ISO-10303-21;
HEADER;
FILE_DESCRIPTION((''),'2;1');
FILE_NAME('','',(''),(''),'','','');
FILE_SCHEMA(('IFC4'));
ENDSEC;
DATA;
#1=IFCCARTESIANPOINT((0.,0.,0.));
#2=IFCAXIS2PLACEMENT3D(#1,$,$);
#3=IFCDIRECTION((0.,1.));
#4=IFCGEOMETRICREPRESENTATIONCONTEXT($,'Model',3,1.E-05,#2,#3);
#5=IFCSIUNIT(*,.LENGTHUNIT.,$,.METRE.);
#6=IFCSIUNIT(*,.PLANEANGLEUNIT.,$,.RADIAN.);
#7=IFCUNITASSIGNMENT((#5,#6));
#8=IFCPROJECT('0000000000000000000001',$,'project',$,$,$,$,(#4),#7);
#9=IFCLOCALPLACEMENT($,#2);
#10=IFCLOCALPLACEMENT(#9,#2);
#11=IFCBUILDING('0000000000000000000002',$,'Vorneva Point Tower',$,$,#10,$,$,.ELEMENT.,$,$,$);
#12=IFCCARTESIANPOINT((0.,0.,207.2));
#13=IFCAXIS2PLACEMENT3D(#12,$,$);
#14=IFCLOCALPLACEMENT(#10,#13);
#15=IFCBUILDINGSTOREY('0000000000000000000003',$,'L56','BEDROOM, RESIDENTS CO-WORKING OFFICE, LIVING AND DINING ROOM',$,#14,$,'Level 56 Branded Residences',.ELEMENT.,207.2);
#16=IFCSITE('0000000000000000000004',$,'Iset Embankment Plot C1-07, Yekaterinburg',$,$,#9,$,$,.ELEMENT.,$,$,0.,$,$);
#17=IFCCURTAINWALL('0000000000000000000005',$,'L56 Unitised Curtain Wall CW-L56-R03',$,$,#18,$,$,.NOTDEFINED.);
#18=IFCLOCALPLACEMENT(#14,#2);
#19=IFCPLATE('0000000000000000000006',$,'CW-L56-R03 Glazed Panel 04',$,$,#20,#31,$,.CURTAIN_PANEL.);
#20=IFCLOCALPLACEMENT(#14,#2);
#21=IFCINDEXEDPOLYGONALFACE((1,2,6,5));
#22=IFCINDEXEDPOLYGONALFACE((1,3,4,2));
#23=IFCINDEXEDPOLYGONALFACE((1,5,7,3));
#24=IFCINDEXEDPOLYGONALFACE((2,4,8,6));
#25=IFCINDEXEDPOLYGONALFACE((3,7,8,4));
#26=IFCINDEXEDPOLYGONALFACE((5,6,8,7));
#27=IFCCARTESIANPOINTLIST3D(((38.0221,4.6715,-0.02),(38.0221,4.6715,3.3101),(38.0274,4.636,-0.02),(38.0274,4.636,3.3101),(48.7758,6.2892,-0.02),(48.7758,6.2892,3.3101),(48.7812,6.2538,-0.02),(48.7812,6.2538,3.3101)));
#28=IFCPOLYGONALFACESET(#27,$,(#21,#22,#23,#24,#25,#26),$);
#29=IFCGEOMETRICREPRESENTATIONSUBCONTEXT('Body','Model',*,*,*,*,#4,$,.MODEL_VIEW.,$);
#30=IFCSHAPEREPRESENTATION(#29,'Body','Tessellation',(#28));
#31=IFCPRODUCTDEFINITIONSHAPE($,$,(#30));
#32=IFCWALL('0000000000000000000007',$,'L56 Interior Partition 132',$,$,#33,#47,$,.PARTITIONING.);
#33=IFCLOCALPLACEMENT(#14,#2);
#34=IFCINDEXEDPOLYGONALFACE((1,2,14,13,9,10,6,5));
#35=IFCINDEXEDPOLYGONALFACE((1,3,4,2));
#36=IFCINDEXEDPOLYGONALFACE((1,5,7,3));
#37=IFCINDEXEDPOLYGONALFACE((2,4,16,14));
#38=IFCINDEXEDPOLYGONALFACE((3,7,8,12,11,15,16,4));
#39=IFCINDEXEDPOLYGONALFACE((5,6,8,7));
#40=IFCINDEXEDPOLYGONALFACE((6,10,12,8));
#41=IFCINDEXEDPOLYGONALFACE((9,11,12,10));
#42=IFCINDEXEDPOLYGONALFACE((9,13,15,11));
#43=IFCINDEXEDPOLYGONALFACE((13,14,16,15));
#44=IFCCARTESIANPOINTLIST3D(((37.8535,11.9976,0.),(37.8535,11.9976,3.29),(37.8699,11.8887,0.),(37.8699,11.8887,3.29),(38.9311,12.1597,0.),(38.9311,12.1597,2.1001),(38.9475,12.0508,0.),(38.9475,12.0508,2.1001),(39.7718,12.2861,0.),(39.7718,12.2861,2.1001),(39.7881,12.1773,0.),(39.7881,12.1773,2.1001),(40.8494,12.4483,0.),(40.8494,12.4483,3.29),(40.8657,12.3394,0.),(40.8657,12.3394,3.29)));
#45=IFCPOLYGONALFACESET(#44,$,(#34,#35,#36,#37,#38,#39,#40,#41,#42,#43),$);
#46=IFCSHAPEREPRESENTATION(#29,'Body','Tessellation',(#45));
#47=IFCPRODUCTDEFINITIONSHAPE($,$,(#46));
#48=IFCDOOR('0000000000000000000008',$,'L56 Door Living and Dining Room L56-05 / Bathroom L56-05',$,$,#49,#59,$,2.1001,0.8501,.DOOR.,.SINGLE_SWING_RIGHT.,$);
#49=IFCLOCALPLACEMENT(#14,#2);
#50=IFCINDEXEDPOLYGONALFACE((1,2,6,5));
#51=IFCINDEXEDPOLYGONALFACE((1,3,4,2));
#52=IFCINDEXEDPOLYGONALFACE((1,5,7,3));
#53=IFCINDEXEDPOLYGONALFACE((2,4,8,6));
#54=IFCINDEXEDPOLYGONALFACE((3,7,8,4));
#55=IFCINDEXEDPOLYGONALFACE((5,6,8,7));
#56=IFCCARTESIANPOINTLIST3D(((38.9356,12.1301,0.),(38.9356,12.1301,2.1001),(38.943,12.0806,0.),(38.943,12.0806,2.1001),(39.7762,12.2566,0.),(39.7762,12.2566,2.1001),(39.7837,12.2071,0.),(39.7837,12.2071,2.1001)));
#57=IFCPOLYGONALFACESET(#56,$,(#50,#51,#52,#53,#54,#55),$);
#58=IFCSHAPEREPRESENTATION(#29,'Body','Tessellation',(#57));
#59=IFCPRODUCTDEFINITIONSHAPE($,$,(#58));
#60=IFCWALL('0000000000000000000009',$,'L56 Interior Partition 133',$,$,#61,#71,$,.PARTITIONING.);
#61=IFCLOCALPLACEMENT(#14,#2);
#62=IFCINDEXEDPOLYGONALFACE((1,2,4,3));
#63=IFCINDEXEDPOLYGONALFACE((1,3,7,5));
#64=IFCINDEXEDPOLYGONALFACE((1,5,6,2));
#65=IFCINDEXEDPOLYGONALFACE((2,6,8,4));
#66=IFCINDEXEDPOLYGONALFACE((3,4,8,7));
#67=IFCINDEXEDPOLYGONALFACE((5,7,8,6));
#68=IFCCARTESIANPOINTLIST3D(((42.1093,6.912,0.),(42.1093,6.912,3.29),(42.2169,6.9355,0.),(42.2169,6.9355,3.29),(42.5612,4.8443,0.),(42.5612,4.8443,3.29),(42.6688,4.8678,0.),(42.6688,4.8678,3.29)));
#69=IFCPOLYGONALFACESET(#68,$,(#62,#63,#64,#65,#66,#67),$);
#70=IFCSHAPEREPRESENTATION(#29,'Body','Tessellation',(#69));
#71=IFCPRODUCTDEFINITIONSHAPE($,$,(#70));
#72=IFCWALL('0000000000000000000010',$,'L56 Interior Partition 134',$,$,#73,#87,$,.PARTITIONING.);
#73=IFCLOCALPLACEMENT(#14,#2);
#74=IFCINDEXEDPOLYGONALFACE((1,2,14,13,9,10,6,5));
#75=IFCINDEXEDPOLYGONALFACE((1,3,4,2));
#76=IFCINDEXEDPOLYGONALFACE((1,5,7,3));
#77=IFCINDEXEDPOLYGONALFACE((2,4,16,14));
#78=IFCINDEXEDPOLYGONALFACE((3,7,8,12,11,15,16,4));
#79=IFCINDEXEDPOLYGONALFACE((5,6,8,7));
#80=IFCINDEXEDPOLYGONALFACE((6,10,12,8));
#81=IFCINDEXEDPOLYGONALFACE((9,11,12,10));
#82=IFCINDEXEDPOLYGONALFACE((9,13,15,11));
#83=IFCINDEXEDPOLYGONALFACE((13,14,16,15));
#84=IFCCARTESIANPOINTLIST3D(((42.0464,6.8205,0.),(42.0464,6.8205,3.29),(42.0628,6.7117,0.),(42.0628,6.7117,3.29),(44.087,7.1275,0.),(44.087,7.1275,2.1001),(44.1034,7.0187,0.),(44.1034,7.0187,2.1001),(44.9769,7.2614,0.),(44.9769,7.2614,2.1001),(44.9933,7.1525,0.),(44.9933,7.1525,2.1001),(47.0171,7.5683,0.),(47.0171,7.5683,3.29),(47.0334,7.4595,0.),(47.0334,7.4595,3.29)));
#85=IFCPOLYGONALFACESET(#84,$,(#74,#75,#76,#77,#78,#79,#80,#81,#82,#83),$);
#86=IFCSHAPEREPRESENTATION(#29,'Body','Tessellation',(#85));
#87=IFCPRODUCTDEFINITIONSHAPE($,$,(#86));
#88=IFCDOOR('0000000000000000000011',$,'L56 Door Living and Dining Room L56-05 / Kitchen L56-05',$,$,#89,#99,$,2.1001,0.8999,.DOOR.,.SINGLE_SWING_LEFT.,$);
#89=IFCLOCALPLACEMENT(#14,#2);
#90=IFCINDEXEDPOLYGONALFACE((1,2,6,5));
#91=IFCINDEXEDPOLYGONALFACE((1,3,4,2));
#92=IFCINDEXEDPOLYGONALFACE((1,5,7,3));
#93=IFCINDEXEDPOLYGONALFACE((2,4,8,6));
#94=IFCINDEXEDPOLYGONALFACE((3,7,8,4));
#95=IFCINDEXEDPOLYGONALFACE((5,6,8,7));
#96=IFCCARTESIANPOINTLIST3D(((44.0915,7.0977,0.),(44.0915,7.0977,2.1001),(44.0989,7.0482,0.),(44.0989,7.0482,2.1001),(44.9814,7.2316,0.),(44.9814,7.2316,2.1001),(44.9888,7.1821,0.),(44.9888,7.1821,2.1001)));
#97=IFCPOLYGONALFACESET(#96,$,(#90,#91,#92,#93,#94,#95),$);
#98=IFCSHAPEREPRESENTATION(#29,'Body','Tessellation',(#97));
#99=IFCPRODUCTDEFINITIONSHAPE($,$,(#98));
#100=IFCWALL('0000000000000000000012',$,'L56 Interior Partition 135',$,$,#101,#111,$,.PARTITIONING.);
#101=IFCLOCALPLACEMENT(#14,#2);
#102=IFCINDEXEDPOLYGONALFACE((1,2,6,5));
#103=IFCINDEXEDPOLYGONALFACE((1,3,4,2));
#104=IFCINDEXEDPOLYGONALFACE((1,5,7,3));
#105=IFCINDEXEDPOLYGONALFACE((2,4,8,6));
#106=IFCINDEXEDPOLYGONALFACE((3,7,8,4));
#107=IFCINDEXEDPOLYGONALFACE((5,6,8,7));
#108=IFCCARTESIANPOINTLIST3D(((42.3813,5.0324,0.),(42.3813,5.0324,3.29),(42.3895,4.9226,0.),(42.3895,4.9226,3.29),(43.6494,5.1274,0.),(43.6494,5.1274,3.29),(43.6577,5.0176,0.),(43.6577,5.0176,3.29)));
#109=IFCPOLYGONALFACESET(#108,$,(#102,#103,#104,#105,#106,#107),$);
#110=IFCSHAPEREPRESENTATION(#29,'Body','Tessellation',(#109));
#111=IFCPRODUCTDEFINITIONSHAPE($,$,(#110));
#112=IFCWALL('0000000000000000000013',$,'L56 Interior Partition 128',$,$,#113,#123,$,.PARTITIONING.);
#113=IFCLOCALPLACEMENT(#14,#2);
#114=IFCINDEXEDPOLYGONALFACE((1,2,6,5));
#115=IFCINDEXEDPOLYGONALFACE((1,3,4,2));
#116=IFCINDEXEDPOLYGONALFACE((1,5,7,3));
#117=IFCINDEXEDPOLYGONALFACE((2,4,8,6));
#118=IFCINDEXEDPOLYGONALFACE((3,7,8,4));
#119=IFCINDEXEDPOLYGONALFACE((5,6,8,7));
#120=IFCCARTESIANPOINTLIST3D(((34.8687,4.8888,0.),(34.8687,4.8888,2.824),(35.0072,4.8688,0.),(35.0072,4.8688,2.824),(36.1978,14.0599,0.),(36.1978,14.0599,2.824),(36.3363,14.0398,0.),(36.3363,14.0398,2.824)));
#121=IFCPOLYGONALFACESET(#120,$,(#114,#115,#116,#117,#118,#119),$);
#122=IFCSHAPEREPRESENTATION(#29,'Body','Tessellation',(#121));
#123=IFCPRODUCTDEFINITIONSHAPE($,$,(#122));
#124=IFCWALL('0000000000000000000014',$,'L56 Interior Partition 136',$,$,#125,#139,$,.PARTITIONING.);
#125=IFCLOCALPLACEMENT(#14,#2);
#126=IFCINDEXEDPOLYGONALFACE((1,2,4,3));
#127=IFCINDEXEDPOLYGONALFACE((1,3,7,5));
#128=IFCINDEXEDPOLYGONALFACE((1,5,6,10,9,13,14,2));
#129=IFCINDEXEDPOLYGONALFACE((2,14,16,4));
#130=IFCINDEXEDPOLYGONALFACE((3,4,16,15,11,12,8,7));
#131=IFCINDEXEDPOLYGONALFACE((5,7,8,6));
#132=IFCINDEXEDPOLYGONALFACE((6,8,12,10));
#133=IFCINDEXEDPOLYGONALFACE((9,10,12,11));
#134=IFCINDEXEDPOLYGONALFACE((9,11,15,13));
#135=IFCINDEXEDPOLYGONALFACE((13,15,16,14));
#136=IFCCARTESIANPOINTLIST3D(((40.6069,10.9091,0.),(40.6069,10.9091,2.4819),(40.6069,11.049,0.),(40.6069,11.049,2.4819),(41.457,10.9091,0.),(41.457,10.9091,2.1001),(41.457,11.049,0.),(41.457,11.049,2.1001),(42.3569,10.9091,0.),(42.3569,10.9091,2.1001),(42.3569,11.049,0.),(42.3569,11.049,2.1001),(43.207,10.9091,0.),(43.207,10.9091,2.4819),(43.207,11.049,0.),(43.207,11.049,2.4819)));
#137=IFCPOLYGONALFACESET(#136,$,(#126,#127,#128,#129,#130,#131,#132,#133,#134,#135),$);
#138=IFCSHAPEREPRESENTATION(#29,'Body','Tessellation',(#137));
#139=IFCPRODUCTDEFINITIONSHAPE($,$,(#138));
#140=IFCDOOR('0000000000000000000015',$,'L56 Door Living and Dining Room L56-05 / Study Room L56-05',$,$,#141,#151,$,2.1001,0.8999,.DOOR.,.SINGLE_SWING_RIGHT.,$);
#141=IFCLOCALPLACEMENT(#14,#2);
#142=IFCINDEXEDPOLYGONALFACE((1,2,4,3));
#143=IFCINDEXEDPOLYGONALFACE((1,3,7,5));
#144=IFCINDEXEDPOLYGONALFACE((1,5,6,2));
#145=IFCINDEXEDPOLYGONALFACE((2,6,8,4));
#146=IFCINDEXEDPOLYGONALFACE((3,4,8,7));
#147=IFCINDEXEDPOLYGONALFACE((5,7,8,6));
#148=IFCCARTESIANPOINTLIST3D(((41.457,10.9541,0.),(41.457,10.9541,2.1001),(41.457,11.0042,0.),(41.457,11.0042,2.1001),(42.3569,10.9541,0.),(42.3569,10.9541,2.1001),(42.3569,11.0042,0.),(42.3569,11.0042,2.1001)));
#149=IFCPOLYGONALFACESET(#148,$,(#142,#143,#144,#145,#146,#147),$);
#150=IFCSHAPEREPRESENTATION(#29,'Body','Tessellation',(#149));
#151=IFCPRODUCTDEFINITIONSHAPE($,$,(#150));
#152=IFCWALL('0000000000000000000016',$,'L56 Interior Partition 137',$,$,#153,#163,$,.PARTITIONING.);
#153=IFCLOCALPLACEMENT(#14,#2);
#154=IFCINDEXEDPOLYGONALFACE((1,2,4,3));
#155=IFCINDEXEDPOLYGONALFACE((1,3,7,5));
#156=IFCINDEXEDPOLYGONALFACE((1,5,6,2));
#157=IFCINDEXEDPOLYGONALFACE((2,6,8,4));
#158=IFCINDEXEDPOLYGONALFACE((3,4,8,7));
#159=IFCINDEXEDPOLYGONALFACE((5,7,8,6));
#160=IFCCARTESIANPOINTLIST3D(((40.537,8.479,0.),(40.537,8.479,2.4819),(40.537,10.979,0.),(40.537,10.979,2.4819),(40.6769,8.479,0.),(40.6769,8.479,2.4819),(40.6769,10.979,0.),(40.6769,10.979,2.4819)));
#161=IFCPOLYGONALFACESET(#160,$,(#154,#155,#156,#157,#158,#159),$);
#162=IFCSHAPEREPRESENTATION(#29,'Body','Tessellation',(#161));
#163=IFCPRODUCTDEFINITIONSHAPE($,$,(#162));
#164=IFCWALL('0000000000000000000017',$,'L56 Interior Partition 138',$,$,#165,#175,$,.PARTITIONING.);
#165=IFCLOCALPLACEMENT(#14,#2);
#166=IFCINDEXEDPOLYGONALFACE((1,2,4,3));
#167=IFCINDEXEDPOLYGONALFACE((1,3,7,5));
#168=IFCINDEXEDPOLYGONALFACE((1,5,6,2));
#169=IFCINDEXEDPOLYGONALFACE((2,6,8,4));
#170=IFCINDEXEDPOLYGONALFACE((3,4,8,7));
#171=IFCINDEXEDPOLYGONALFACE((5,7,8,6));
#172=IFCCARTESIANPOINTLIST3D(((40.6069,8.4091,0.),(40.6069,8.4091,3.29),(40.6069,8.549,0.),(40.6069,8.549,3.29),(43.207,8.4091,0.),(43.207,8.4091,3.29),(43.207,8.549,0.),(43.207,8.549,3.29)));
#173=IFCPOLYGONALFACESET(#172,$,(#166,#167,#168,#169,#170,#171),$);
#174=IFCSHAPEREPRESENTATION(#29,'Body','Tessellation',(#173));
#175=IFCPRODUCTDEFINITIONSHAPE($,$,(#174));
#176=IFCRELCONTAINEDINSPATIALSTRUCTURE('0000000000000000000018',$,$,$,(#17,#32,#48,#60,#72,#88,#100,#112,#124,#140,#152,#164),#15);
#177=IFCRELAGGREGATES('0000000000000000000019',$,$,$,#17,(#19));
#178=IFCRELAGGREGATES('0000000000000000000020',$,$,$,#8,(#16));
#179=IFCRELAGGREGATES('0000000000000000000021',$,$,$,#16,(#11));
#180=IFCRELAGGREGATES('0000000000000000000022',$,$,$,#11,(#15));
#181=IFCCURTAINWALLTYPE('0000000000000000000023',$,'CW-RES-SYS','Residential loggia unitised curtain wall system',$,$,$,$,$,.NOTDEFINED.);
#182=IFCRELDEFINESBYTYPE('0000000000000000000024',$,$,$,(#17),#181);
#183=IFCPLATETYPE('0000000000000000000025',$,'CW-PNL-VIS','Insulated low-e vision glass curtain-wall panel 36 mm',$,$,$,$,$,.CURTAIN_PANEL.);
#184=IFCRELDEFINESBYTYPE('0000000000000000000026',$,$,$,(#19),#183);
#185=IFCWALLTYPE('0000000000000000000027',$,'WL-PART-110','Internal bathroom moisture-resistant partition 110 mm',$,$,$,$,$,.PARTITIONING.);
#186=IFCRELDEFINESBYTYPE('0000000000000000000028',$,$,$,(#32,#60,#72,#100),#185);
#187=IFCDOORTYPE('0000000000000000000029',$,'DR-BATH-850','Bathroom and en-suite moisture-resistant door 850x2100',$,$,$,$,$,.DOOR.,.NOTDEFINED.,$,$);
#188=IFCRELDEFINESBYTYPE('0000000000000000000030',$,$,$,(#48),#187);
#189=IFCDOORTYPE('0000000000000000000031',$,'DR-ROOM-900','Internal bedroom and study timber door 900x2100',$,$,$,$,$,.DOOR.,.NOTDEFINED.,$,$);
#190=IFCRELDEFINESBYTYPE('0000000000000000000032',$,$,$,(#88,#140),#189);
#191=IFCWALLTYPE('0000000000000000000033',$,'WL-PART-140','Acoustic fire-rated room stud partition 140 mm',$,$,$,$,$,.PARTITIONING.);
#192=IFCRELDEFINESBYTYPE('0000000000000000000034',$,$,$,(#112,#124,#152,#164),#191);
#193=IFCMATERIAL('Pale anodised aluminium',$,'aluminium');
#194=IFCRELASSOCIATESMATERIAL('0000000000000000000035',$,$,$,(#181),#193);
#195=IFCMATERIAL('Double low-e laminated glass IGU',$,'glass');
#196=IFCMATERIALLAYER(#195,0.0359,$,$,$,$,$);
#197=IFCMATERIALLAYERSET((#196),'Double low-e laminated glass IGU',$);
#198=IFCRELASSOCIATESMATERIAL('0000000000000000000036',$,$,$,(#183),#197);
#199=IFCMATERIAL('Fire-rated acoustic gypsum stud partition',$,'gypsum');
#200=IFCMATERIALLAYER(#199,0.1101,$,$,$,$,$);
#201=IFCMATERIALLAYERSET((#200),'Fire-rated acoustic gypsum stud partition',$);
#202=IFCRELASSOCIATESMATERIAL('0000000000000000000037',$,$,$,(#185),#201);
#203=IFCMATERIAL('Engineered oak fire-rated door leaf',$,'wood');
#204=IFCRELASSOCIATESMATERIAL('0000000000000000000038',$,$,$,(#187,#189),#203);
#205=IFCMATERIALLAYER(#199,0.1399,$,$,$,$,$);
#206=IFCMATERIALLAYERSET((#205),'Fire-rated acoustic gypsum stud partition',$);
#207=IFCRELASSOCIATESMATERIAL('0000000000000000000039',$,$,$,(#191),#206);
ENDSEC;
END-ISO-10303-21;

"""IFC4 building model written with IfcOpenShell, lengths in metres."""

from ifc_helpers import new_model, si_unit, direction, frame, frame_2d, origin, origin_2d, place, context, subcontext, project, spatial, rectangle, extrude, material, layer, layer_set, type_object, element, fill, aggregate, save


model = new_model("IFC4")

# Units and contexts
model_context = context("Model", 3, precision=1e-05, world=origin(), true_north=direction((0.0, 1.0)))
body_context = subcontext(model_context, "Body", "Model", "MODEL_VIEW")
ifc_project = project(units=[si_unit("LENGTHUNIT", "METRE"), si_unit("PLANEANGLEUNIT", "RADIAN")], contexts=[model_context])

# Site, building, storey
site_placement = place(None, origin())
site = spatial("IfcSite", under=ifc_project, at=site_placement, Name="Iset Embankment Plot C1-07, Yekaterinburg", CompositionType="ELEMENT", RefElevation=0.0)
building_placement = place(site_placement, origin())
building = spatial("IfcBuilding", under=site, at=building_placement, Name="Vorneva Point Tower", CompositionType="ELEMENT")
storey_placement = place(building_placement, frame((0.0, 0.0, 207.2)))
storey = spatial("IfcBuildingStorey", under=building, at=storey_placement, Name="L56", Description="BEDROOM, RESIDENTS CO-WORKING OFFICE, LIVING AND DINING ROOM", LongName="Level 56 Branded Residences", CompositionType="ELEMENT", Elevation=207.2)

# Curtain wall, plate
ifc_material_1 = material(Name="Pale anodised aluminium", Category="aluminium")
curtain_wall_type = type_object("IfcCurtainWallType", Name="CW-RES-SYS", Description="Residential loggia unitised curtain wall system", PredefinedType="NOTDEFINED", material=ifc_material_1)
curtain_wall_placement = place(storey_placement, origin())
curtain_wall = element("IfcCurtainWall", 1, at=curtain_wall_placement, inside=storey, type_object=curtain_wall_type, Name="L56 Unitised Curtain Wall CW-L56-R03", PredefinedType="NOTDEFINED")
ifc_material_2 = material(Name="Double low-e laminated glass IGU", Category="glass")
ifc_layer_1 = layer(ifc_material_2, 0.0359)
ifc_layer_set_1 = layer_set([ifc_layer_1], Name="Double low-e laminated glass IGU")
plate_type = type_object("IfcPlateType", Name="CW-PNL-VIS", Description="Insulated low-e vision glass curtain-wall panel 36 mm", PredefinedType="CURTAIN_PANEL", material=ifc_layer_set_1)
plate_1_placement = place(storey_placement, frame((43.4016, 5.4626, -0.02), z_axis=(0.0, 0.0, 1.0), x_axis=(0.988874, 0.148759, 0.0)))
plate_1 = element("IfcPlate", 2, at=plate_1_placement, type_object=plate_type, Name="CW-L56-R03 Glazed Panel 04", PredefinedType="CURTAIN_PANEL", context=body_context, shape_type="SweptSolid", body=[
    extrude(rectangle(XDim=10.8748, YDim=0.0359, at=origin_2d()), origin(), (0.0, 0.0, 1.0), 3.3301),
])
aggregate(curtain_wall, [plate_1])

# Wall, opening, door
ifc_material_3 = material(Name="Fire-rated acoustic gypsum stud partition", Category="gypsum")
ifc_layer_2 = layer(ifc_material_3, 0.1101)
ifc_layer_set_2 = layer_set([ifc_layer_2], Name="Fire-rated acoustic gypsum stud partition")
wall_type_1 = type_object("IfcWallType", Name="WL-PART-110", Description="Internal bathroom moisture-resistant partition 110 mm", PredefinedType="PARTITIONING", material=ifc_layer_set_2)
wall_1_placement = place(storey_placement, frame((40.8574, 12.3938, 0.0), z_axis=(0.0, 0.0, 1.0), x_axis=(-0.988873, -0.148762, 0.0)))
wall_1 = element("IfcWall", 3, at=wall_1_placement, inside=storey, type_object=wall_type_1, Name="L56 Interior Partition 132", PredefinedType="PARTITIONING", context=body_context, shape_type="SweptSolid", body=[
    extrude(rectangle(XDim=3.0295, YDim=0.1101, at=frame_2d((1.5146, 0.0))), origin(), (0.0, 0.0, 1.0), 3.29),
])
opening_1_placement = place(wall_1_placement, frame((1.0896, 0.0, 0.0)))
opening_1 = element("IfcOpeningElement", 4, at=opening_1_placement, cuts=wall_1, PredefinedType="OPENING", context=body_context, shape_type="SweptSolid", body=[
    extrude(rectangle(XDim=0.8501, YDim=2.1001, at=frame_2d((0.425, 1.05))), frame((0.0, 0.0698, 0.0), z_axis=(0.0, -1.0, 0.0), x_axis=(1.0, 0.0, 0.0)), (0.0, 0.0, 1.0), 0.1399),
])
ifc_material_4 = material(Name="Engineered oak fire-rated door leaf", Category="wood")
door_type_1 = type_object("IfcDoorType", Name="DR-BATH-850", Description="Bathroom and en-suite moisture-resistant door 850x2100", OperationType="NOTDEFINED", PredefinedType="DOOR", material=ifc_material_4)
door_1_placement = place(opening_1_placement, origin())
door_1 = element("IfcDoor", 5, at=door_1_placement, inside=storey, type_object=door_type_1, Name="L56 Door Living and Dining Room L56-05 / Bathroom L56-05", OperationType="SINGLE_SWING_RIGHT", OverallHeight=2.1001, OverallWidth=0.8501, PredefinedType="DOOR", context=body_context, shape_type="SweptSolid", body=[
    extrude(rectangle(XDim=0.8501, YDim=2.1001, at=frame_2d((0.425, 1.05))), frame((0.0, 0.0249, 0.0), z_axis=(0.0, -1.0, 0.0), x_axis=(1.0, 0.0, 0.0)), (0.0, 0.0, 1.0), 0.05),
])
fill(opening_1, door_1)

# Wall
wall_2_placement = place(storey_placement, frame((42.615, 4.8562, 0.0), z_axis=(0.0, 0.0, 1.0), x_axis=(-0.213521, 0.976938, 0.0)))
element("IfcWall", 6, at=wall_2_placement, inside=storey, type_object=wall_type_1, Name="L56 Interior Partition 133", PredefinedType="PARTITIONING", context=body_context, shape_type="SweptSolid", body=[
    extrude(rectangle(XDim=2.1165, YDim=0.1101, at=frame_2d((1.0581, 0.0))), origin(), (0.0, 0.0, 1.0), 3.29),
])

# Wall, opening, door
wall_3_placement = place(storey_placement, frame((42.0547, 6.7661, 0.0), z_axis=(0.0, 0.0, 1.0), x_axis=(0.988872, 0.148768, 0.0)))
wall_3 = element("IfcWall", 7, at=wall_3_placement, inside=storey, type_object=wall_type_1, Name="L56 Interior Partition 134", PredefinedType="PARTITIONING", context=body_context, shape_type="SweptSolid", body=[
    extrude(rectangle(XDim=5.0266, YDim=0.1101, at=frame_2d((2.5132, 0.0))), origin(), (0.0, 0.0, 1.0), 3.29),
])
opening_2_placement = place(wall_3_placement, frame((2.0635, 0.0, 0.0)))
opening_2 = element("IfcOpeningElement", 8, at=opening_2_placement, cuts=wall_3, PredefinedType="OPENING", context=body_context, shape_type="SweptSolid", body=[
    extrude(rectangle(XDim=0.8999, YDim=2.1001, at=frame_2d((0.45, 1.05))), frame((0.0, 0.0698, 0.0), z_axis=(0.0, -1.0, 0.0), x_axis=(1.0, 0.0, 0.0)), (0.0, 0.0, 1.0), 0.1399),
])
door_type_2 = type_object("IfcDoorType", Name="DR-ROOM-900", Description="Internal bedroom and study timber door 900x2100", OperationType="NOTDEFINED", PredefinedType="DOOR", material=ifc_material_4)
door_2_placement = place(opening_2_placement, origin())
door_2 = element("IfcDoor", 9, at=door_2_placement, inside=storey, type_object=door_type_2, Name="L56 Door Living and Dining Room L56-05 / Kitchen L56-05", OperationType="SINGLE_SWING_LEFT", OverallHeight=2.1001, OverallWidth=0.8999, PredefinedType="DOOR", context=body_context, shape_type="SweptSolid", body=[
    extrude(rectangle(XDim=0.8999, YDim=2.1001, at=frame_2d((0.45, 1.05))), frame((0.0, 0.0249, 0.0), z_axis=(0.0, -1.0, 0.0), x_axis=(1.0, 0.0, 0.0)), (0.0, 0.0, 1.0), 0.05),
])
fill(opening_2, door_2)

# Walls
wall_4_placement = place(storey_placement, frame((42.3855, 4.9775, 0.0), z_axis=(0.0, 0.0, 1.0), x_axis=(0.997207, 0.074685, 0.0)))
element("IfcWall", 10, at=wall_4_placement, inside=storey, type_object=wall_type_1, Name="L56 Interior Partition 135", PredefinedType="PARTITIONING", context=body_context, shape_type="SweptSolid", body=[
    extrude(rectangle(XDim=1.2717, YDim=0.1101, at=frame_2d((0.6357, 0.0))), origin(), (0.0, 0.0, 1.0), 3.29),
])
ifc_layer_3 = layer(ifc_material_3, 0.1399)
ifc_layer_set_3 = layer_set([ifc_layer_3], Name="Fire-rated acoustic gypsum stud partition")
wall_type_2 = type_object("IfcWallType", Name="WL-PART-140", Description="Acoustic fire-rated room stud partition 140 mm", PredefinedType="PARTITIONING", material=ifc_layer_set_3)
wall_5_placement = place(storey_placement, frame((34.938, 4.8789, 0.0), z_axis=(0.0, 0.0, 1.0), x_axis=(0.143424, 0.989661, 0.0)))
element("IfcWall", 11, at=wall_5_placement, inside=storey, type_object=wall_type_2, Name="L56 Interior Partition 128", PredefinedType="PARTITIONING", context=body_context, shape_type="SweptSolid", body=[
    extrude(rectangle(XDim=9.2668, YDim=0.1399, at=frame_2d((4.6333, 0.0))), origin(), (0.0, 0.0, 1.0), 2.824),
])

# Wall, opening, door
wall_6_placement = place(storey_placement, frame((43.207, 10.979, 0.0), z_axis=(0.0, 0.0, 1.0), x_axis=(-1.0, 0.0, 0.0)))
wall_6 = element("IfcWall", 12, at=wall_6_placement, inside=storey, type_object=wall_type_2, Name="L56 Interior Partition 136", PredefinedType="PARTITIONING", context=body_context, shape_type="SweptSolid", body=[
    extrude(rectangle(XDim=2.6001, YDim=0.1399, at=frame_2d((1.3, 0.0))), origin(), (0.0, 0.0, 1.0), 2.4819),
])
opening_3_placement = place(wall_6_placement, frame((0.8501, 0.0, 0.0)))
opening_3 = element("IfcOpeningElement", 13, at=opening_3_placement, cuts=wall_6, PredefinedType="OPENING", context=body_context, shape_type="SweptSolid", body=[
    extrude(rectangle(XDim=0.8999, YDim=2.1001, at=frame_2d((0.45, 1.05))), frame((0.0, 0.085, 0.0), z_axis=(0.0, -1.0, 0.0), x_axis=(1.0, 0.0, 0.0)), (0.0, 0.0, 1.0), 0.1697),
])
door_3_placement = place(opening_3_placement, origin())
door_3 = element("IfcDoor", 14, at=door_3_placement, inside=storey, type_object=door_type_2, Name="L56 Door Living and Dining Room L56-05 / Study Room L56-05", OperationType="SINGLE_SWING_RIGHT", OverallHeight=2.1001, OverallWidth=0.8999, PredefinedType="DOOR", context=body_context, shape_type="SweptSolid", body=[
    extrude(rectangle(XDim=0.8999, YDim=2.1001, at=frame_2d((0.45, 1.05))), frame((0.0, 0.0249, 0.0), z_axis=(0.0, -1.0, 0.0), x_axis=(1.0, 0.0, 0.0)), (0.0, 0.0, 1.0), 0.05),
])
fill(opening_3, door_3)

# Walls
wall_7_placement = place(storey_placement, frame((40.6069, 10.979, 0.0), z_axis=(0.0, 0.0, 1.0), x_axis=(0.0, -1.0, 0.0)))
element("IfcWall", 15, at=wall_7_placement, inside=storey, type_object=wall_type_2, Name="L56 Interior Partition 137", PredefinedType="PARTITIONING", context=body_context, shape_type="SweptSolid", body=[
    extrude(rectangle(XDim=2.5, YDim=0.1399, at=frame_2d((1.25, 0.0))), origin(), (0.0, 0.0, 1.0), 2.4819),
])
wall_8_placement = place(storey_placement, frame((40.6069, 8.479, 0.0), z_axis=(0.0, 0.0, 1.0), x_axis=(1.0, 0.0, 0.0)))
element("IfcWall", 16, at=wall_8_placement, inside=storey, type_object=wall_type_2, Name="L56 Interior Partition 138", PredefinedType="PARTITIONING", context=body_context, shape_type="SweptSolid", body=[
    extrude(rectangle(XDim=2.6001, YDim=0.1399, at=frame_2d((1.3, 0.0))), origin(), (0.0, 0.0, 1.0), 3.29),
])

save(model, "model.ifc")
